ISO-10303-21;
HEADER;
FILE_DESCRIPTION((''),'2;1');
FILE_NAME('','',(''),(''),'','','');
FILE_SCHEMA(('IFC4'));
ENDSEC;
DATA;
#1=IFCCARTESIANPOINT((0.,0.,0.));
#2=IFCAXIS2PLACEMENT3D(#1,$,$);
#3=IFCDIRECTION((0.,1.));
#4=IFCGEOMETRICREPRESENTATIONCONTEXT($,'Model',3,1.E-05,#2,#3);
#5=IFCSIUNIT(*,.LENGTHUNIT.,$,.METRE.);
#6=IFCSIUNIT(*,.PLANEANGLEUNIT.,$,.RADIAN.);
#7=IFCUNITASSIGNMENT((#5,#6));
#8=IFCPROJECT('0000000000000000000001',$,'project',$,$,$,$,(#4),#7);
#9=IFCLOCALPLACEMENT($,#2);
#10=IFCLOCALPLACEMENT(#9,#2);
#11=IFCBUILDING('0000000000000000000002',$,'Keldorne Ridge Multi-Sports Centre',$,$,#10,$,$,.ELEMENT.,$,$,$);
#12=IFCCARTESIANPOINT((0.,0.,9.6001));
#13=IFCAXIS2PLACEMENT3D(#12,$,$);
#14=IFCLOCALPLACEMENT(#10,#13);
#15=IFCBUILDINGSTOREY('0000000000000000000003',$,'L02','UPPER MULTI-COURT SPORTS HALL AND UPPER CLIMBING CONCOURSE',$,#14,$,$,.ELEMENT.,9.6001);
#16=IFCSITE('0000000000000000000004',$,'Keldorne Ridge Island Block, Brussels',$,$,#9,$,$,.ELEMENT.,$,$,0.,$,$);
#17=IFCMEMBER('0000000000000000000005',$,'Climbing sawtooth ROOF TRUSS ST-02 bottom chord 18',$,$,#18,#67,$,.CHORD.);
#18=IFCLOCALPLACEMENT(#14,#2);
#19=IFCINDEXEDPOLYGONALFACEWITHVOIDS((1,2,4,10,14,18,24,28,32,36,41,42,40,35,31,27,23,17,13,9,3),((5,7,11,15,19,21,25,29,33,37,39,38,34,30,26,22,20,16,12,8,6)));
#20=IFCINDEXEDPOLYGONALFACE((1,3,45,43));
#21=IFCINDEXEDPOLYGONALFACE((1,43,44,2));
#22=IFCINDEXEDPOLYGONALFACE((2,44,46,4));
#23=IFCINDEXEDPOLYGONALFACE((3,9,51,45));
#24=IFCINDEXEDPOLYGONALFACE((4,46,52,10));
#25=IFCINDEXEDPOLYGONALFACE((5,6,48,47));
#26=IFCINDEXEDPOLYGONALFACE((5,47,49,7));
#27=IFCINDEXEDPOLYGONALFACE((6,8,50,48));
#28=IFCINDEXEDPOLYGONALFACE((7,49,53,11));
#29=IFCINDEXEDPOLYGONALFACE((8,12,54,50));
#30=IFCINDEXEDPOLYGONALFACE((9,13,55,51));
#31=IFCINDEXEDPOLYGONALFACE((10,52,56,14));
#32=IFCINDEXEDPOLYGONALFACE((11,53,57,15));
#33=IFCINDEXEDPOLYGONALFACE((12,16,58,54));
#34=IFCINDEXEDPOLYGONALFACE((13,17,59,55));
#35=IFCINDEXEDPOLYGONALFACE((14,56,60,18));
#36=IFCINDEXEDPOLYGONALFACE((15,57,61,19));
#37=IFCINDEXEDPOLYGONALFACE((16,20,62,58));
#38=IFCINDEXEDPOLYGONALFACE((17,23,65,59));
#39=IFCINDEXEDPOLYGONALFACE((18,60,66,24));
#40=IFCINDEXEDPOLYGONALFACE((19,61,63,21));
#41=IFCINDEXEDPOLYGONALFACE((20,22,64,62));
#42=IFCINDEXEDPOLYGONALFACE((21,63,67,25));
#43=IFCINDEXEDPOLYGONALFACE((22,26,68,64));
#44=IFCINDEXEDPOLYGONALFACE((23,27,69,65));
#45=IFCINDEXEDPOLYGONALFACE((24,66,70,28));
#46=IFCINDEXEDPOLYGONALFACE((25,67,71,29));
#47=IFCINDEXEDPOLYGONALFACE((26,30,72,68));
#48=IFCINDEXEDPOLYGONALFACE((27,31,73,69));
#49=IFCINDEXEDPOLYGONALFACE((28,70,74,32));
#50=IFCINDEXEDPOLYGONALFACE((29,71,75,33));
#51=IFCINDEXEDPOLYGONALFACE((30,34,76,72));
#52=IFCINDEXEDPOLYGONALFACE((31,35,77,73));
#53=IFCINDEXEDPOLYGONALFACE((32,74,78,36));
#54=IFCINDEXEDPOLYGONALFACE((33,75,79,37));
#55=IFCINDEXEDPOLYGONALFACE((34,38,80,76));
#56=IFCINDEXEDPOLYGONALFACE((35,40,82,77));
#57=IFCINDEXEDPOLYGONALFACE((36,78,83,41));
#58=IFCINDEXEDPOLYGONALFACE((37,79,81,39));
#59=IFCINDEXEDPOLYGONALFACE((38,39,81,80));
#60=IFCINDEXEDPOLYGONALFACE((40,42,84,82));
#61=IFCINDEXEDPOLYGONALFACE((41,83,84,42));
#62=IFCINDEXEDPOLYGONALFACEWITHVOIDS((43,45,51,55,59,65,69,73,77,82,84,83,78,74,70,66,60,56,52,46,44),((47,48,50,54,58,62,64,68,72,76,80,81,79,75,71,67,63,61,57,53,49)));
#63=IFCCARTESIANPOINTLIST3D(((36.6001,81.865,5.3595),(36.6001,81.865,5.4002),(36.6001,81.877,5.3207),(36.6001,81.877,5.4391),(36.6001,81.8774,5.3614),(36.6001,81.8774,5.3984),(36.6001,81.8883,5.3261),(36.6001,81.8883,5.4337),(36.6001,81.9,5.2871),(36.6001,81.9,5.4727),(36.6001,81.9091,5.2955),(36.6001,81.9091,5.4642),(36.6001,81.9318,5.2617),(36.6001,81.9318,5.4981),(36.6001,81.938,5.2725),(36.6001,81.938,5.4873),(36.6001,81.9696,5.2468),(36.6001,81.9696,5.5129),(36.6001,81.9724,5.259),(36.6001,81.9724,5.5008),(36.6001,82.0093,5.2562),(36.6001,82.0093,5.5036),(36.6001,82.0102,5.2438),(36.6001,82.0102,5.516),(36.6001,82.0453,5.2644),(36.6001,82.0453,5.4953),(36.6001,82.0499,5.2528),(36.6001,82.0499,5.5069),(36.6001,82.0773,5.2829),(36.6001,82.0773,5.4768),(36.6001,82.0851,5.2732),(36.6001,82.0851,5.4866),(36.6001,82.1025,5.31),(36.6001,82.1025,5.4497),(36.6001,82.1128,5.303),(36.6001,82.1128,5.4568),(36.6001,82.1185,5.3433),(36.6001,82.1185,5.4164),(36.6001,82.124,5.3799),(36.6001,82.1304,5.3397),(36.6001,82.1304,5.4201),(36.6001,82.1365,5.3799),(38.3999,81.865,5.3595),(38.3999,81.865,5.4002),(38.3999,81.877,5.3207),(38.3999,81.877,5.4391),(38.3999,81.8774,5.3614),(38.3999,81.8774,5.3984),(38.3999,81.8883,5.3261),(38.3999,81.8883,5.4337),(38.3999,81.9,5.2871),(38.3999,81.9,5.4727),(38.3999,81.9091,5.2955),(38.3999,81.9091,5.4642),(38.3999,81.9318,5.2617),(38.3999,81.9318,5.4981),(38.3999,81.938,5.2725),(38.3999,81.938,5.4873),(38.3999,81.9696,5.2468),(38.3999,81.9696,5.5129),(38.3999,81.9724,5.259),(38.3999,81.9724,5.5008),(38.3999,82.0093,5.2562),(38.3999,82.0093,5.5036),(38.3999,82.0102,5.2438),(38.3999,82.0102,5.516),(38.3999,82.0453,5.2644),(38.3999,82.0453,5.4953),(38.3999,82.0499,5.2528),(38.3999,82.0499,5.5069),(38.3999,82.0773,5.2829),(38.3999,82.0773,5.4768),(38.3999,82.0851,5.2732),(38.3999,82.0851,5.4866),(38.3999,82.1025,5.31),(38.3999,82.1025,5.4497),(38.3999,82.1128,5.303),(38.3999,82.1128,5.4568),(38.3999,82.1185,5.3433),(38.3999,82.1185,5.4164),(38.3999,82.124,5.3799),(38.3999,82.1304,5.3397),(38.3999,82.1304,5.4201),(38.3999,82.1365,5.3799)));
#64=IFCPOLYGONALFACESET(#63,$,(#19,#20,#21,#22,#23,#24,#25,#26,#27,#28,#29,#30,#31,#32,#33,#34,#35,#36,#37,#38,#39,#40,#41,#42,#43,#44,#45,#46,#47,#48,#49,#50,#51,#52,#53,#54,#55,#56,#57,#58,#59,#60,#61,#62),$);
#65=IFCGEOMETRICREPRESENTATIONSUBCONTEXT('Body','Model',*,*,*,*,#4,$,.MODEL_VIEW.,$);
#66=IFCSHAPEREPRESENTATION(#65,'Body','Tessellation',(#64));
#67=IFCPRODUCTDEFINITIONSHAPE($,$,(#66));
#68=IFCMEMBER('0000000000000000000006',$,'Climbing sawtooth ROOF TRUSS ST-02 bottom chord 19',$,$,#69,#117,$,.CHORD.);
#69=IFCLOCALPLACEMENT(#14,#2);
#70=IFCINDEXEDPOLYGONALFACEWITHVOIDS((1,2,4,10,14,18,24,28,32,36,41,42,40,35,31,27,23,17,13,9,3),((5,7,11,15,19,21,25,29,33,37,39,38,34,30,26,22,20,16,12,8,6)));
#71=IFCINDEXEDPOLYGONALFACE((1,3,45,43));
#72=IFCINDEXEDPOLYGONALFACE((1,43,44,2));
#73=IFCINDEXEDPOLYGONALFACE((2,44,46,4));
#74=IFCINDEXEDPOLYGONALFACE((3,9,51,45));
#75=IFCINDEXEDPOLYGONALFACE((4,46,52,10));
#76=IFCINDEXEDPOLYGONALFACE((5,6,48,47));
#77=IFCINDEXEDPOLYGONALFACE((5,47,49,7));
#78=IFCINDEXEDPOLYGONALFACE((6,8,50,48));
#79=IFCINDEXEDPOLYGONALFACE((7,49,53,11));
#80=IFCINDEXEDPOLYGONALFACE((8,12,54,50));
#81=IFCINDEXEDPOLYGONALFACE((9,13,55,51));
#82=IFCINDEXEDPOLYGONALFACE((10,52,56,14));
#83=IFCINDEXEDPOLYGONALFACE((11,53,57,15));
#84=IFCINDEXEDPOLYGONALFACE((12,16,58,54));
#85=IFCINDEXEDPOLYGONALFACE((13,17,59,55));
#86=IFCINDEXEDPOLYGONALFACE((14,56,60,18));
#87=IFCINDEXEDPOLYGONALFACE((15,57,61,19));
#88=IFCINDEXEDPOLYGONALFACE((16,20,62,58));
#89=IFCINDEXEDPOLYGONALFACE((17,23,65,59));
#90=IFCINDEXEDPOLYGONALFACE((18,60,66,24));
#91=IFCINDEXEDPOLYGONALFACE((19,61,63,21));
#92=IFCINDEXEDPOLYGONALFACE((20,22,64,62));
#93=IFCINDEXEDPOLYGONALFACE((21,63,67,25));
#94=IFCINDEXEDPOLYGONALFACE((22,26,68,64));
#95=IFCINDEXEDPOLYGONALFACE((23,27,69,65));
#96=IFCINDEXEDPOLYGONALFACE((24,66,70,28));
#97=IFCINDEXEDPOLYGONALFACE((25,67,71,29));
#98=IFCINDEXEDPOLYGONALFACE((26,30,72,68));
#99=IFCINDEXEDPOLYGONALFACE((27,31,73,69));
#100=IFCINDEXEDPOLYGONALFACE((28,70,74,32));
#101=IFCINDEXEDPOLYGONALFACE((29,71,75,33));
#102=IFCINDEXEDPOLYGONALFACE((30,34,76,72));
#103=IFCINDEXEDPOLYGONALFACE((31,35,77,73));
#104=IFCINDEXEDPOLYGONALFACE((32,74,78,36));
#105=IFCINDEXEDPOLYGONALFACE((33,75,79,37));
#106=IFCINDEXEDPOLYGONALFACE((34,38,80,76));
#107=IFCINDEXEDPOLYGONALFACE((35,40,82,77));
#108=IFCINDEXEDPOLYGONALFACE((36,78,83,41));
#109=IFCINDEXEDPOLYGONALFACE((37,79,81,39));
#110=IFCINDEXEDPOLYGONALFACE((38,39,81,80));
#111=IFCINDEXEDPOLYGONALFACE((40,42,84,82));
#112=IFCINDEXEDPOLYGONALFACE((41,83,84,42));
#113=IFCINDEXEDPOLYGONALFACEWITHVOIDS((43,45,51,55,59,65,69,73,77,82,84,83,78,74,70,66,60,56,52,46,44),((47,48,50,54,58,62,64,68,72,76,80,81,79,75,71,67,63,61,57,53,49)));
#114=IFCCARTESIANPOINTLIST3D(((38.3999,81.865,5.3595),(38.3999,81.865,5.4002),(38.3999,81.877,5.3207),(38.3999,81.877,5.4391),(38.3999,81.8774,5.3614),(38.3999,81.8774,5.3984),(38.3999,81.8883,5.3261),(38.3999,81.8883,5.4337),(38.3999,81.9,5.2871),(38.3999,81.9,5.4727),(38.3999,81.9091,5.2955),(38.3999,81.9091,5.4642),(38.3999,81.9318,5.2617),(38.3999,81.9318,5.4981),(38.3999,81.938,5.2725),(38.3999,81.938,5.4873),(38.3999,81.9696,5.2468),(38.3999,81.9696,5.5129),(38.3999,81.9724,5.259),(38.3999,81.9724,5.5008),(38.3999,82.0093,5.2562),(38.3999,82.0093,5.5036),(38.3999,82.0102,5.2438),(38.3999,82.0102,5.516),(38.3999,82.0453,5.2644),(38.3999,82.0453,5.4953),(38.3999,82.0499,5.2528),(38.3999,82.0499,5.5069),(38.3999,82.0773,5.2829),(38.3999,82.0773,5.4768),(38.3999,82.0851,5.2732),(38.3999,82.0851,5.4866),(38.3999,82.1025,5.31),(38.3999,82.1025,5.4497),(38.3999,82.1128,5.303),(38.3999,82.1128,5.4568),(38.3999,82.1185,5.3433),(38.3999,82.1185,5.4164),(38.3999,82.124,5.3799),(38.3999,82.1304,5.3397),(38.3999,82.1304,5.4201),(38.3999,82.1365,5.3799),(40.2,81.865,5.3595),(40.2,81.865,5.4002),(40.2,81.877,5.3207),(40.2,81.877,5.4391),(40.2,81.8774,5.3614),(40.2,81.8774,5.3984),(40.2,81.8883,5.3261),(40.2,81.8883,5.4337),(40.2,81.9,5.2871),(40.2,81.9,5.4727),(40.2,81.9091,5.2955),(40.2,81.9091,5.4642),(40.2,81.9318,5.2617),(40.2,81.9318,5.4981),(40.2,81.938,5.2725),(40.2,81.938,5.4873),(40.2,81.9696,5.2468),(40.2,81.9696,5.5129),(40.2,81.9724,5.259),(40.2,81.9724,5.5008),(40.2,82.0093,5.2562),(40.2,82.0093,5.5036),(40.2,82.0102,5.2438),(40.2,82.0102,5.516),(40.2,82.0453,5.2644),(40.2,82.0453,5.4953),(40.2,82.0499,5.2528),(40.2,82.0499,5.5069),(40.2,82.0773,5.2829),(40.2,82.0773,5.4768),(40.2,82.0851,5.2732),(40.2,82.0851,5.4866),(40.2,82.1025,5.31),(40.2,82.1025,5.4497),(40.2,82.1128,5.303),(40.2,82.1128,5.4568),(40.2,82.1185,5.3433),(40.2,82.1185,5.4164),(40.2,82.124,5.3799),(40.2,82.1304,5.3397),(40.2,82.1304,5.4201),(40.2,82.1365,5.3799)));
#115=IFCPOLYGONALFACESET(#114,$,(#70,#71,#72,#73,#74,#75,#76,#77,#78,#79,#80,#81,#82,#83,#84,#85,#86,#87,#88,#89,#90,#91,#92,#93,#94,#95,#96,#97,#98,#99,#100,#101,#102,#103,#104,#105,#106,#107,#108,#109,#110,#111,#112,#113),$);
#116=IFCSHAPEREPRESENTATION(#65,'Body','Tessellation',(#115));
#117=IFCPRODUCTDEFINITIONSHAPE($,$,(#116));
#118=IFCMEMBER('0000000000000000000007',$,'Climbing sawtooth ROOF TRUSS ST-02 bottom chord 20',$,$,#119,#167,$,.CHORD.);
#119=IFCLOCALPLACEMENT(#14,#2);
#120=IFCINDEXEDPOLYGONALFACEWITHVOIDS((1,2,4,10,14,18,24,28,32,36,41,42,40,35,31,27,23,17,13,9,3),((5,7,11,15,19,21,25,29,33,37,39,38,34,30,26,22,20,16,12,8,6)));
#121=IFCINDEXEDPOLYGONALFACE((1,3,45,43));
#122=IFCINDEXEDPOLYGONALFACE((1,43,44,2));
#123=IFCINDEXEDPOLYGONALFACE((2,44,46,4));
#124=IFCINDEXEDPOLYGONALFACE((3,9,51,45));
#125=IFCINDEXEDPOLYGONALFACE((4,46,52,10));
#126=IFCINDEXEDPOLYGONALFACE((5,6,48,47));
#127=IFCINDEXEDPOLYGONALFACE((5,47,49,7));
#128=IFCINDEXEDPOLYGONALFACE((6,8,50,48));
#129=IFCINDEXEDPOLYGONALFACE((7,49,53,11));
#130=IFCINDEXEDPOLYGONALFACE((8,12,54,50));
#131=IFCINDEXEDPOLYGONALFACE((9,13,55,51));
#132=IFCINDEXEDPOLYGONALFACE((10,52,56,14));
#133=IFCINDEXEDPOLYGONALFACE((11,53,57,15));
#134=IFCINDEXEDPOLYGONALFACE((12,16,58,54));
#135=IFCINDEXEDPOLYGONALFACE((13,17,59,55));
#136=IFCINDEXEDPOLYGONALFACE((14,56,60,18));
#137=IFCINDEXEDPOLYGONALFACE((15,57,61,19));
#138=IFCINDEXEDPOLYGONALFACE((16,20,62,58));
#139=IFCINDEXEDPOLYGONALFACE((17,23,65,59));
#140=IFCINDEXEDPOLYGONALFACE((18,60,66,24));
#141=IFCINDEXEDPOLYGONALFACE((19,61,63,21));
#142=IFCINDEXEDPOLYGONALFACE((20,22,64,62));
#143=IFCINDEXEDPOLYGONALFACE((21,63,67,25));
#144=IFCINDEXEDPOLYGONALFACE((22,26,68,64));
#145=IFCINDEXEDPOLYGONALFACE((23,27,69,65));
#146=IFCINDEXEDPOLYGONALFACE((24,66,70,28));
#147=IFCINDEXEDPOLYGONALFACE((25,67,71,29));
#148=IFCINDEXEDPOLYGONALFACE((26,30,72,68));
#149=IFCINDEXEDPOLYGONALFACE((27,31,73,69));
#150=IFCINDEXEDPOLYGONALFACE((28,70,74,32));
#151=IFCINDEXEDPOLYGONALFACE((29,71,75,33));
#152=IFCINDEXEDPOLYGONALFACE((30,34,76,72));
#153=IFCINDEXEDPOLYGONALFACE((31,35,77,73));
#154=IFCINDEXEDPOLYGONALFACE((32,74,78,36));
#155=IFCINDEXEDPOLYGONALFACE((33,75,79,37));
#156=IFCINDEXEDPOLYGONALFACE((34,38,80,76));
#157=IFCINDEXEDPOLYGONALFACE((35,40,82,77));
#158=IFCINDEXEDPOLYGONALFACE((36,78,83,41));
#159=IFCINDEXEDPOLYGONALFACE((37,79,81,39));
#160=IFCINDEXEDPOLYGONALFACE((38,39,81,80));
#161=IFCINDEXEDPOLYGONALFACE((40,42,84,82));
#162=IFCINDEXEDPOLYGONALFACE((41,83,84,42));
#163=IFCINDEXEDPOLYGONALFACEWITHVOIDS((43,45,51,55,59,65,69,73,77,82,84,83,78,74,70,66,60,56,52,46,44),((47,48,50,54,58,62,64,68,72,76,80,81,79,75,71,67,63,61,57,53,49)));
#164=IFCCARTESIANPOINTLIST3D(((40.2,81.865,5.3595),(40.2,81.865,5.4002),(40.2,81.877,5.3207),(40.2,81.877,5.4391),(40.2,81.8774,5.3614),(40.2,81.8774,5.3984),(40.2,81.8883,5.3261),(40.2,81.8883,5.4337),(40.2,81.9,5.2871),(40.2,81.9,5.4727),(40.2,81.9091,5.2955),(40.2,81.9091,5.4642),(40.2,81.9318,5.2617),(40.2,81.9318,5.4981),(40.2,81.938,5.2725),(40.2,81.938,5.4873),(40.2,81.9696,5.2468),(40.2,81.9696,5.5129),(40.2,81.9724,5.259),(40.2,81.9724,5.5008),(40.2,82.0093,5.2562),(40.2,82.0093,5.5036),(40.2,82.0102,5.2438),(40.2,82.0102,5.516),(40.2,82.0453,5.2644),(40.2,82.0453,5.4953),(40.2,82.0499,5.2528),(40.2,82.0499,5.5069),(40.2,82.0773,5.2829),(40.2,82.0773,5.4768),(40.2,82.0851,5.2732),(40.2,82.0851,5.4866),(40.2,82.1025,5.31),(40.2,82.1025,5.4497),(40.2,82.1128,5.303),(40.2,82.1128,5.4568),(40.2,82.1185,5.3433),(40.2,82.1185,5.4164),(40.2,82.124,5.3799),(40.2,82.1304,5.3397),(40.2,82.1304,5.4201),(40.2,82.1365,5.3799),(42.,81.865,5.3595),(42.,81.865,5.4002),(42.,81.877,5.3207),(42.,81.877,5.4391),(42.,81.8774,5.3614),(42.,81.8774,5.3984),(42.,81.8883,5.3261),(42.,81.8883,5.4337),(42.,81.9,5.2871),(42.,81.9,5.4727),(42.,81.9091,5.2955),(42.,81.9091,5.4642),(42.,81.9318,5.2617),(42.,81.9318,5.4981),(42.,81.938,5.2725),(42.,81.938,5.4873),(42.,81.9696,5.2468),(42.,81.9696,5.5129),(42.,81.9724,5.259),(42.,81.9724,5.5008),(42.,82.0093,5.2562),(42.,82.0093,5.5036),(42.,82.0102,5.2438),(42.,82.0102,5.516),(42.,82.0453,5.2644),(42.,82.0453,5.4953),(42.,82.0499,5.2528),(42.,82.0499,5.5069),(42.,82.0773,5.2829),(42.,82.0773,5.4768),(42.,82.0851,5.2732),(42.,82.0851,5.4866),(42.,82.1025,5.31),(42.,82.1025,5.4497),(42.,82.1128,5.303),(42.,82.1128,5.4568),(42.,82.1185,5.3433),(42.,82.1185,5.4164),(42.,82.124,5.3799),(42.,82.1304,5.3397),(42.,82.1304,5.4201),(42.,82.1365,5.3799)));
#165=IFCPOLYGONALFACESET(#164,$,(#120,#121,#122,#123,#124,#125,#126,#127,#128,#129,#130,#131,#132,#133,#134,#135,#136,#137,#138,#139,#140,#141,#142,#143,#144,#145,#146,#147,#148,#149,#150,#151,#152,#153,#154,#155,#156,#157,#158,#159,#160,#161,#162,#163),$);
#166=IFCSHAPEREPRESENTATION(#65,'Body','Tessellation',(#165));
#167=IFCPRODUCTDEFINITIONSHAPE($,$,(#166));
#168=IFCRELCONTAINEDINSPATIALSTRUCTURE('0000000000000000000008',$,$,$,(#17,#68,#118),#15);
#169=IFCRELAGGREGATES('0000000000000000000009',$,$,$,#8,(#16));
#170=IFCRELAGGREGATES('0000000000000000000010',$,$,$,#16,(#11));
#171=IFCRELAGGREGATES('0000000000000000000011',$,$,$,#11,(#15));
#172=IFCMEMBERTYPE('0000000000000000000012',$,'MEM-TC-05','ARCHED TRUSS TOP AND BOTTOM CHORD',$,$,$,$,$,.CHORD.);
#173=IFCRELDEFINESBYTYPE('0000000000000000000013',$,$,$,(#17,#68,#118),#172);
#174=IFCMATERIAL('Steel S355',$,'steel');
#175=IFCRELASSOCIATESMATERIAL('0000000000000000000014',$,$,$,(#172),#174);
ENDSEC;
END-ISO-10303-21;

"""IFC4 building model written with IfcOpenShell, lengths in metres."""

from ifc_helpers import new_model, si_unit, direction, frame, origin, origin_2d, place, context, subcontext, project, spatial, hollow_circle, extrude, material, material_profile, profile_set, type_object, element, save


model = new_model("IFC4")

# Units and contexts
model_context = context("Model", 3, precision=1e-05, world=origin(), true_north=direction((0.0, 1.0)))
body_context = subcontext(model_context, "Body", "Model", "MODEL_VIEW")
ifc_project = project(units=[si_unit("LENGTHUNIT", "METRE"), si_unit("PLANEANGLEUNIT", "RADIAN")], contexts=[model_context])

# Site, building, storey
site_placement = place(None, origin())
site = spatial("IfcSite", under=ifc_project, at=site_placement, Name="Keldorne Ridge Island Block, Brussels", CompositionType="ELEMENT", RefElevation=0.0)
building_placement = place(site_placement, origin())
building = spatial("IfcBuilding", under=site, at=building_placement, Name="Keldorne Ridge Multi-Sports Centre", CompositionType="ELEMENT")
storey_placement = place(building_placement, frame((0.0, 0.0, 9.6001)))
storey = spatial("IfcBuildingStorey", under=building, at=storey_placement, Name="L02", Description="UPPER MULTI-COURT SPORTS HALL AND UPPER CLIMBING CONCOURSE", CompositionType="ELEMENT", Elevation=9.6001)

# Shared definitions
ifc_material_1 = material(Name="Steel S355", Category="steel")

# Members
ifc_material_profile_1 = material_profile(ifc_material_1, hollow_circle(Radius=0.1365, WallThickness=0.0125, at=origin_2d()), Name="CHS 273x12.5")
ifc_profile_set_1 = profile_set([ifc_material_profile_1], Name="Steel S355")
member_type_1 = type_object("IfcMemberType", Name="MEM-TC-05", Description="ARCHED TRUSS TOP AND BOTTOM CHORD", PredefinedType="CHORD", material=ifc_profile_set_1)
member_1_placement = place(storey_placement, frame((36.6001, 82.0, 5.3799), z_axis=(1.0, 0.0, 0.0), x_axis=(0.0, 1.0, 0.0)))
element("IfcMember", 1, at=member_1_placement, inside=storey, type_object=member_type_1, Name="Climbing sawtooth ROOF TRUSS ST-02 bottom chord 18", PredefinedType="CHORD", context=body_context, shape_type="SweptSolid", body=[
    extrude(hollow_circle(Radius=0.1365, WallThickness=0.0125, at=origin_2d()), origin(), (0.0, 0.0, 1.0), 1.7998),
])
for number, where, z_axis, x_axis, name in (
    (2, (38.3999, 82.0, 5.3799), (1.0, 0.0, 0.0), (0.0, 1.0, 0.0), "Climbing sawtooth ROOF TRUSS ST-02 bottom chord 19"),
    (3, (40.2, 82.0, 5.3799), (1.0, 0.0, 0.0), (0.0, 1.0, 0.0), "Climbing sawtooth ROOF TRUSS ST-02 bottom chord 20"),
):
    element("IfcMember", number, at=place(storey_placement, frame(where, z_axis=z_axis, x_axis=x_axis)), inside=storey, type_object=member_type_1, Name=name, PredefinedType="CHORD", context=body_context, shape_type="SweptSolid", body=[
        extrude(hollow_circle(Radius=0.1365, WallThickness=0.0125, at=origin_2d()), origin(), (0.0, 0.0, 1.0), 1.8),
    ])

save(model, "model.ifc")
